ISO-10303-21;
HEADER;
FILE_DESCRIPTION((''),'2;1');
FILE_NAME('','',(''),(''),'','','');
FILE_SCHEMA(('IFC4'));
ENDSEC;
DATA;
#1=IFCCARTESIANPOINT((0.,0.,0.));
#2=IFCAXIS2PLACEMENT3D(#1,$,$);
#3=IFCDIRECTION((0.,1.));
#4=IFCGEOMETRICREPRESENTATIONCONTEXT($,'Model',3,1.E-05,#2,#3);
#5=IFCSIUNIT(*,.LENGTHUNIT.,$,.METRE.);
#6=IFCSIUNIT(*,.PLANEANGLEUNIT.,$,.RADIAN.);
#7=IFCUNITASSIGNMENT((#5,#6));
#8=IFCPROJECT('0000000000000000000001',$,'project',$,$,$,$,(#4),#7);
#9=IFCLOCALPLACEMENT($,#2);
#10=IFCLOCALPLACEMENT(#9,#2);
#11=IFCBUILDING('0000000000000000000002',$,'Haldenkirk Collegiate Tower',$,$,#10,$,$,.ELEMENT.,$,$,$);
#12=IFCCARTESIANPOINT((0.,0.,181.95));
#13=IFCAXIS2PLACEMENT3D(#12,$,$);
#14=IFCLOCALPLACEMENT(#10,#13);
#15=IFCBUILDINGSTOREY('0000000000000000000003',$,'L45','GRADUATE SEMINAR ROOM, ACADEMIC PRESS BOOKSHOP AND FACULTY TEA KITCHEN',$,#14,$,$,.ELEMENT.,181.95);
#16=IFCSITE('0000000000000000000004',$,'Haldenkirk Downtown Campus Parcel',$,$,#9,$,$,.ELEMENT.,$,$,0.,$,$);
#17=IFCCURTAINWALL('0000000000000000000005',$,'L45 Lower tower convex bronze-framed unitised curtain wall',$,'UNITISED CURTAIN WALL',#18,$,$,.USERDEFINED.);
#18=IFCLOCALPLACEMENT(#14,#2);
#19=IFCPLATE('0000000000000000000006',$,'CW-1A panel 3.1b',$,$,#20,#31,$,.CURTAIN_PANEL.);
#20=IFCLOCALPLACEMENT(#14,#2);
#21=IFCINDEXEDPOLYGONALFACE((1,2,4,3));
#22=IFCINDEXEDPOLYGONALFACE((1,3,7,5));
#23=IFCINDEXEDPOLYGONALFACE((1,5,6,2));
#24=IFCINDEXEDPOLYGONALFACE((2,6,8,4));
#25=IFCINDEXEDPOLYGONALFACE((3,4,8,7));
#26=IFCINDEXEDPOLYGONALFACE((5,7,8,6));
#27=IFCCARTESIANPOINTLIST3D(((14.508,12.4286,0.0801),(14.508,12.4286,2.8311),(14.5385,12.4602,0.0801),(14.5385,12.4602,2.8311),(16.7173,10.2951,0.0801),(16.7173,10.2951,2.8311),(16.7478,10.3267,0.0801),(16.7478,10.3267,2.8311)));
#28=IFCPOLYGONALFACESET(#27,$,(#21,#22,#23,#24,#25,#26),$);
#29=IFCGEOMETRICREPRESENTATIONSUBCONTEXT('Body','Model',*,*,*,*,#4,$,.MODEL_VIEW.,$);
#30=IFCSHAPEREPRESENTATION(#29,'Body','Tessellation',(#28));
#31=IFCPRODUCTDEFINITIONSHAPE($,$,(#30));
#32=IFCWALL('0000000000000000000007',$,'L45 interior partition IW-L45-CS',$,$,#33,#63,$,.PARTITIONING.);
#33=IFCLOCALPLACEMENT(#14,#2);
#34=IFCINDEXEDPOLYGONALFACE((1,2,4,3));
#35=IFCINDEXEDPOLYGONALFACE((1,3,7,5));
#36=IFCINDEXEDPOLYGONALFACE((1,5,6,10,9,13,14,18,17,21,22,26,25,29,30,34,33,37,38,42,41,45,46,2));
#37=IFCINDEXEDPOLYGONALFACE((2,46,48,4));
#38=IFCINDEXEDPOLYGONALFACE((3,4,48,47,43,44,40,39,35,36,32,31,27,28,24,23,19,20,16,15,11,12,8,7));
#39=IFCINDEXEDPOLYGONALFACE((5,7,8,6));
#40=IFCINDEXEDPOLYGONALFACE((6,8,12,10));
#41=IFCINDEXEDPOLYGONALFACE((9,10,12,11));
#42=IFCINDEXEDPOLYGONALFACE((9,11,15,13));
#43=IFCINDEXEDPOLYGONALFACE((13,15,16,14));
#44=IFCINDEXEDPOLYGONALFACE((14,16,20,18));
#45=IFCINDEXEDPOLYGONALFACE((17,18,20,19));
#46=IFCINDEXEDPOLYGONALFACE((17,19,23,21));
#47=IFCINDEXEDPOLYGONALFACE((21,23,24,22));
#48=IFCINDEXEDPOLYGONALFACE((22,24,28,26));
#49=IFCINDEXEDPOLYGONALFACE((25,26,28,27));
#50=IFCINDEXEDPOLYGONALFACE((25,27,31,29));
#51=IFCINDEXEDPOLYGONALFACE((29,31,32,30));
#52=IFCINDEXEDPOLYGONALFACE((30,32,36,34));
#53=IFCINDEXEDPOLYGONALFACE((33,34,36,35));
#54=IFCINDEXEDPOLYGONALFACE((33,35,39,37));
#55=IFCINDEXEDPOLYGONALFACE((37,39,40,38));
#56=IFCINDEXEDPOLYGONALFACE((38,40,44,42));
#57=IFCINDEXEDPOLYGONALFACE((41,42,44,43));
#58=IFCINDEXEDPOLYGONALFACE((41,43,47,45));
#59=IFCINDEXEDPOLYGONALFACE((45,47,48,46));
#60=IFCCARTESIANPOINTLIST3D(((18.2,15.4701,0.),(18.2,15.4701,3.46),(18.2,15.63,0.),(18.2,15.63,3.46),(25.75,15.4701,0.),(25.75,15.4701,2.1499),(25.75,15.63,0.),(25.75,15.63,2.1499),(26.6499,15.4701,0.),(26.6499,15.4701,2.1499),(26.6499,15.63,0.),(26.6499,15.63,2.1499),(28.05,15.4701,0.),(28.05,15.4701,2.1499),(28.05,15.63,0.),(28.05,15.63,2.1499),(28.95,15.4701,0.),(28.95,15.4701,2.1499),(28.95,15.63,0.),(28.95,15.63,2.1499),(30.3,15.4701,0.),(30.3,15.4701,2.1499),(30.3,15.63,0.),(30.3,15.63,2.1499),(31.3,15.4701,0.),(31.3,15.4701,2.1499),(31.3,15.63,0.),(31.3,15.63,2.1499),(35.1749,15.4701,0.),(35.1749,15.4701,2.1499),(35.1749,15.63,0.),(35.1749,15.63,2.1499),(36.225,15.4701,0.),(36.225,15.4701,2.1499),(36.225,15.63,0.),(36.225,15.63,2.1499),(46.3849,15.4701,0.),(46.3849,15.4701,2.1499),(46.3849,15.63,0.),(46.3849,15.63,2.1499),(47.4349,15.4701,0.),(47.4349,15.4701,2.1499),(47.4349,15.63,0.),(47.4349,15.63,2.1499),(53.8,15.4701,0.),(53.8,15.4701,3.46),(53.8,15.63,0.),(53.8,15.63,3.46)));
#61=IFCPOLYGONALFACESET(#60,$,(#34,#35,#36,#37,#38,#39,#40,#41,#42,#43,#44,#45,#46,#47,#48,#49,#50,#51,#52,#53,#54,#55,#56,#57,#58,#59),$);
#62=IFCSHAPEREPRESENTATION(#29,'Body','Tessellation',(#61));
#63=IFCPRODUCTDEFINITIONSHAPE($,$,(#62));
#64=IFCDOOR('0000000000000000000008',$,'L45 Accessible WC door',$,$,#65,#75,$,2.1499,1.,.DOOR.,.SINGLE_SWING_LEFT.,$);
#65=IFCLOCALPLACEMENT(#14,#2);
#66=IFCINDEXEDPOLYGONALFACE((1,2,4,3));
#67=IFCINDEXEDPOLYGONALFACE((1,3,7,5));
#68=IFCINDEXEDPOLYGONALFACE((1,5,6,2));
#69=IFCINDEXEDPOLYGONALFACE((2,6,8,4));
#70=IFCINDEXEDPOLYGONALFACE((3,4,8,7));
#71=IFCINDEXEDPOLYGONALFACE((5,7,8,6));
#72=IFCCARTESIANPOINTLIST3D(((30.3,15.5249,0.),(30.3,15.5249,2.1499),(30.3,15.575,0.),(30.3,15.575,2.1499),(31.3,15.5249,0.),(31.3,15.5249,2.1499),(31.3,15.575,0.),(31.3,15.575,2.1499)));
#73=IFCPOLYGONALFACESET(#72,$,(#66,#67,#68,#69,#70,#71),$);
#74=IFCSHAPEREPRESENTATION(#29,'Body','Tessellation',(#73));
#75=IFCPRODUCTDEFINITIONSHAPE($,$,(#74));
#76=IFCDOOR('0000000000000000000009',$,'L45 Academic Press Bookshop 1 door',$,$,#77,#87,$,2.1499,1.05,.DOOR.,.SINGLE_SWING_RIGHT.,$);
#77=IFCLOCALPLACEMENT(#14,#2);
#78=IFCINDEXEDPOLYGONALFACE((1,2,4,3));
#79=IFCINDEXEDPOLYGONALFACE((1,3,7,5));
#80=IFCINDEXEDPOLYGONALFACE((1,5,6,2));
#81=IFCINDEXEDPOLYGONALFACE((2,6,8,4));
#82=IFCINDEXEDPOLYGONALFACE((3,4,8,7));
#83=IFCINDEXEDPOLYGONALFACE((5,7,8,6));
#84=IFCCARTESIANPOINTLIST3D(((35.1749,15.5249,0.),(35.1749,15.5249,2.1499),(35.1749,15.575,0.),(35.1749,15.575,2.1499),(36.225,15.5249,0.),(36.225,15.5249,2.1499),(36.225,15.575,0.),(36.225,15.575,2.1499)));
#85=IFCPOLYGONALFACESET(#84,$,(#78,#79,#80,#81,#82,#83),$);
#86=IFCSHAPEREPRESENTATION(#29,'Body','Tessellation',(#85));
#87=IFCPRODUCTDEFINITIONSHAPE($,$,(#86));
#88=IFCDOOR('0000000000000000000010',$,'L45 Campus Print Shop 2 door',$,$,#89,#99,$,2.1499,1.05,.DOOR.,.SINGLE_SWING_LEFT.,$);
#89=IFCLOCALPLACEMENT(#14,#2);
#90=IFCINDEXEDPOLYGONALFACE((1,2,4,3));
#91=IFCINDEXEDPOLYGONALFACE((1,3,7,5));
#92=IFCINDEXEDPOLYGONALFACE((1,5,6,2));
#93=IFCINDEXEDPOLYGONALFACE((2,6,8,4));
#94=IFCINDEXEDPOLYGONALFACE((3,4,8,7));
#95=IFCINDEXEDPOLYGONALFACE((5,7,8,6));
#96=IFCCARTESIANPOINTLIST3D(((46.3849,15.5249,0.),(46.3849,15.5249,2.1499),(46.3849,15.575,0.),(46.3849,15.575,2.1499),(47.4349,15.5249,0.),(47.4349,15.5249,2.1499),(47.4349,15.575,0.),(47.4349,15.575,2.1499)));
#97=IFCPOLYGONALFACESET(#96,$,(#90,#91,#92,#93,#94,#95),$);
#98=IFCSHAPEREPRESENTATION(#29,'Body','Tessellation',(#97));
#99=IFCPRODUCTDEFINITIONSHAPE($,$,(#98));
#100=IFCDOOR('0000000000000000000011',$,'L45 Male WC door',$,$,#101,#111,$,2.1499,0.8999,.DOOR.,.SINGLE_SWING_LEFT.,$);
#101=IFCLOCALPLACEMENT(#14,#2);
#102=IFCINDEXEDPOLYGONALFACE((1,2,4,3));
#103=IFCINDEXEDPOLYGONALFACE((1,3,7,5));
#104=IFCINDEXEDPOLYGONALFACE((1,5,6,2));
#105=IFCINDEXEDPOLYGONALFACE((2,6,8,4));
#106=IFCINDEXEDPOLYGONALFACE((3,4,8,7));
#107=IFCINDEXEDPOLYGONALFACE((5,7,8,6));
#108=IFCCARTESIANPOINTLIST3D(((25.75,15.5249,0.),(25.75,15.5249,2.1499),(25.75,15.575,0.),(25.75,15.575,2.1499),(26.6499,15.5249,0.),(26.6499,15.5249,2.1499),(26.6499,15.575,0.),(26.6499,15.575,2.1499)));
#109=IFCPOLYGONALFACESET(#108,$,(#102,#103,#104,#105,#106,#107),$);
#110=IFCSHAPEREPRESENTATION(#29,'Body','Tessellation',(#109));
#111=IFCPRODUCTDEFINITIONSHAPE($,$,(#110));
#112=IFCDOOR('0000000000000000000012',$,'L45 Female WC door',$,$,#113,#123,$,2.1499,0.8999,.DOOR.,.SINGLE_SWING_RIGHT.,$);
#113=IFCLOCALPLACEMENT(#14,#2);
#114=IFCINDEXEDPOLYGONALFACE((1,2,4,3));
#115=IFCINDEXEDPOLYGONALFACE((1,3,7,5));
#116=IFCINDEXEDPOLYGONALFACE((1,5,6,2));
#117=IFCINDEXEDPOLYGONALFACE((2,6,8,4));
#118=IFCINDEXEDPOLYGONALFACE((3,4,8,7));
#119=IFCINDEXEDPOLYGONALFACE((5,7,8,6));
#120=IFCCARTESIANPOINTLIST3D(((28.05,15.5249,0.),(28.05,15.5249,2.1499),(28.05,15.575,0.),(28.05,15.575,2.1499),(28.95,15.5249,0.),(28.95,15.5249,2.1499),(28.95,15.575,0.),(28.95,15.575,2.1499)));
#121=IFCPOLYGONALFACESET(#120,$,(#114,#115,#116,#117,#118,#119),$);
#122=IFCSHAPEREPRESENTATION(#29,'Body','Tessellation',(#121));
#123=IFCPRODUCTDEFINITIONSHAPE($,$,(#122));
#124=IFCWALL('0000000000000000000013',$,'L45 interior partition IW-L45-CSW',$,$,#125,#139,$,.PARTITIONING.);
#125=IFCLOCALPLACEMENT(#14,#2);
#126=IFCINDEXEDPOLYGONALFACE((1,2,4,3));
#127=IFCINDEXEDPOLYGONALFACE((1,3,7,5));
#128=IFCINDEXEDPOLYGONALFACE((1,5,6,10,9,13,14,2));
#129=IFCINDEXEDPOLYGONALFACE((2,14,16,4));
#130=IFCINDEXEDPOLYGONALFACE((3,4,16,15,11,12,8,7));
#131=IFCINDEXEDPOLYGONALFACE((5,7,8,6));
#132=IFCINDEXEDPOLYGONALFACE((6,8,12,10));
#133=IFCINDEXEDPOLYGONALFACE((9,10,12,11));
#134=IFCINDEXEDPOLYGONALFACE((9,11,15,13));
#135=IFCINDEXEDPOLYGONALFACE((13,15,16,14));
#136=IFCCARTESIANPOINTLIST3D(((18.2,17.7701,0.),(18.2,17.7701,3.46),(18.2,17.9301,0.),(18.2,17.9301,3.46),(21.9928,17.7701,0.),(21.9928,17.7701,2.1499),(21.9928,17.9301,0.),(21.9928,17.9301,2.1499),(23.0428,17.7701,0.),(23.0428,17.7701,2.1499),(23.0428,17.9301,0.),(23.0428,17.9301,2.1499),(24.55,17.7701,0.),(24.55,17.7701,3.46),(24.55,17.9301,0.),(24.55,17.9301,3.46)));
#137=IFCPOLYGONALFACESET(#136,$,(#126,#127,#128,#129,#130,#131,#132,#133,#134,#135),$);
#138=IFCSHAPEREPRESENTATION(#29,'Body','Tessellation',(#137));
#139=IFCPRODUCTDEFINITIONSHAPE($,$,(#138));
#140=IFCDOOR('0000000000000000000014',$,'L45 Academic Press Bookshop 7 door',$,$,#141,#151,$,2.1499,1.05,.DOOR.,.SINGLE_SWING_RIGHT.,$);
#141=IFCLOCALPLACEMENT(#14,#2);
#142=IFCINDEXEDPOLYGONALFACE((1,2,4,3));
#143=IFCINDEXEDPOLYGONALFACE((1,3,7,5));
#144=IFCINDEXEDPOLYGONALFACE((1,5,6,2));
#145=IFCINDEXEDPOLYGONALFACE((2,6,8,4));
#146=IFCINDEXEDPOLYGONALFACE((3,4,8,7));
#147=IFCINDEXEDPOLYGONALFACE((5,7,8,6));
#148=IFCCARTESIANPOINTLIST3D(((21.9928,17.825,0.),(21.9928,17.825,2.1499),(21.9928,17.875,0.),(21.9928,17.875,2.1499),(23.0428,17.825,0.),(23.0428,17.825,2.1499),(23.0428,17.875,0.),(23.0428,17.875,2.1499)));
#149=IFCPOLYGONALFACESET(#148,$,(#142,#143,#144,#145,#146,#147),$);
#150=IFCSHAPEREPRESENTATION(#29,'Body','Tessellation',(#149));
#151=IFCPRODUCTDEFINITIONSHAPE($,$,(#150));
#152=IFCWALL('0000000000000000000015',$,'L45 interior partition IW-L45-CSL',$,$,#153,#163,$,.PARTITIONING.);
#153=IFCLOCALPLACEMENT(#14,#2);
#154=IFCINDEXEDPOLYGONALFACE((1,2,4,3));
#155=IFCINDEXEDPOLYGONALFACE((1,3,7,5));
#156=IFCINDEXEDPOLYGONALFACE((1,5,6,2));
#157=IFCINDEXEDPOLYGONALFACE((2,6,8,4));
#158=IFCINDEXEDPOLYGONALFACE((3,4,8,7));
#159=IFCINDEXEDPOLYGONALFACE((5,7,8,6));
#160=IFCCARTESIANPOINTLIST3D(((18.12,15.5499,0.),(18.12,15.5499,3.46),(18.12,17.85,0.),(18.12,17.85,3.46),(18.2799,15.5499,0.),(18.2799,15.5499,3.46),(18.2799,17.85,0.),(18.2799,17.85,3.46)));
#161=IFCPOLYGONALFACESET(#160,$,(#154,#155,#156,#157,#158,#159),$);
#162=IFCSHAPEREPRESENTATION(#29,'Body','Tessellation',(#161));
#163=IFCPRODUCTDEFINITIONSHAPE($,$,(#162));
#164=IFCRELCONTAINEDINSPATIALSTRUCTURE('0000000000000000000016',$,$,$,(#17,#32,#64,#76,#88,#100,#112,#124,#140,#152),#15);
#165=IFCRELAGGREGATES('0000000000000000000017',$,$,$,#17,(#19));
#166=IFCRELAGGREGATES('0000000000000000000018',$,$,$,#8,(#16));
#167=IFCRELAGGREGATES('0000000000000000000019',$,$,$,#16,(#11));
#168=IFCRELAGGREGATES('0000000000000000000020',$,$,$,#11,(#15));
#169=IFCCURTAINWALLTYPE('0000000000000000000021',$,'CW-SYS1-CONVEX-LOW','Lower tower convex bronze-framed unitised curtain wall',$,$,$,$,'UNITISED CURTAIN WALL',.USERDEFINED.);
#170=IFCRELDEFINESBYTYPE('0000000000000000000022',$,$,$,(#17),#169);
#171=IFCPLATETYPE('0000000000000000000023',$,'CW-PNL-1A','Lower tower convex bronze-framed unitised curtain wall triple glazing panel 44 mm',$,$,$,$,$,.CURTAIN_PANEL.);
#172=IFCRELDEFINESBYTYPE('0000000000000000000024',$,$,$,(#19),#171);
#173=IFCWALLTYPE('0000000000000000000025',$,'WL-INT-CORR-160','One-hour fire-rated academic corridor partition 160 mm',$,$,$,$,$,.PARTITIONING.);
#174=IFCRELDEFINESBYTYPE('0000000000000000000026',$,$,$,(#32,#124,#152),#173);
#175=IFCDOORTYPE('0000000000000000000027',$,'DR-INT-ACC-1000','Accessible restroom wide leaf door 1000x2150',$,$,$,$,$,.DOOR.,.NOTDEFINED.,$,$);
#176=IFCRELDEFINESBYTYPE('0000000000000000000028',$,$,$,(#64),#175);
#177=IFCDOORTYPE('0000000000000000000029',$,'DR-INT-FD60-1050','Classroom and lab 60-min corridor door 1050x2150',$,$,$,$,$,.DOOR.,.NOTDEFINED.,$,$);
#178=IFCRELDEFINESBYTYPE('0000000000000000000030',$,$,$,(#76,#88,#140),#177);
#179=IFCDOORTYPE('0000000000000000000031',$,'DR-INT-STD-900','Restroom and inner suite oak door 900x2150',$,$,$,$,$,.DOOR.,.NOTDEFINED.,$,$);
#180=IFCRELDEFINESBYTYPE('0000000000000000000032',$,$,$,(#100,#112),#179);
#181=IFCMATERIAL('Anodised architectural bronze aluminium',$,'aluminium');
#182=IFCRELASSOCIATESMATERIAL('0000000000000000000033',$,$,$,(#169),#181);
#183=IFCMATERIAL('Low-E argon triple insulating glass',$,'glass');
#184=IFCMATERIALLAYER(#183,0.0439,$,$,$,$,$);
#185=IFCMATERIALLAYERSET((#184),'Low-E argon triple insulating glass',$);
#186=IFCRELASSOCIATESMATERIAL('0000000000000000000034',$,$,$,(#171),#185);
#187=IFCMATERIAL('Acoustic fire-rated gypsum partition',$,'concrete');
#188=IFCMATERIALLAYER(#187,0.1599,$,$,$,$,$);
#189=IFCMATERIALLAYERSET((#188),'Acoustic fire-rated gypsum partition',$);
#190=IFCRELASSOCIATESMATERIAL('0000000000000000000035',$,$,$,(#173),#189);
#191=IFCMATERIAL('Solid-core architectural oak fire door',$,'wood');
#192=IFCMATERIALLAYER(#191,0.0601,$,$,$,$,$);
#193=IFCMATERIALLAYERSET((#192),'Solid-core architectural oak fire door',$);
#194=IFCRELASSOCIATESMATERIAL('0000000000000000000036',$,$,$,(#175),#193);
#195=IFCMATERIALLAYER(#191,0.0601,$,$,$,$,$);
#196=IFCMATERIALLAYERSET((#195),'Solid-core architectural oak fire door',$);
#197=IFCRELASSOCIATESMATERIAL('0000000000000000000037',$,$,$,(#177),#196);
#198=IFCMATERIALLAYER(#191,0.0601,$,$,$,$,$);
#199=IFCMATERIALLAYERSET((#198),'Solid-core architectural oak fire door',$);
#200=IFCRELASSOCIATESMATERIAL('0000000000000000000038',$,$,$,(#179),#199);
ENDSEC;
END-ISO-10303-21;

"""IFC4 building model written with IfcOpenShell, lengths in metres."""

from ifc_helpers import new_model, si_unit, direction, frame, frame_2d, origin, origin_2d, place, context, subcontext, project, spatial, rectangle, extrude, source, transform, mapped, material, layer, layer_set, type_object, element, fill, aggregate, save


model = new_model("IFC4")

# Units and contexts
model_context = context("Model", 3, precision=1e-05, world=origin(), true_north=direction((0.0, 1.0)))
body_context = subcontext(model_context, "Body", "Model", "MODEL_VIEW")
ifc_project = project(units=[si_unit("LENGTHUNIT", "METRE"), si_unit("PLANEANGLEUNIT", "RADIAN")], contexts=[model_context])

# Site, building, storey
site_placement = place(None, origin())
site = spatial("IfcSite", under=ifc_project, at=site_placement, Name="Haldenkirk Downtown Campus Parcel", CompositionType="ELEMENT", RefElevation=0.0)
building_placement = place(site_placement, origin())
building = spatial("IfcBuilding", under=site, at=building_placement, Name="Haldenkirk Collegiate Tower", CompositionType="ELEMENT")
storey_placement = place(building_placement, frame((0.0, 0.0, 181.95)))
storey = spatial("IfcBuildingStorey", under=building, at=storey_placement, Name="L45", Description="GRADUATE SEMINAR ROOM, ACADEMIC PRESS BOOKSHOP AND FACULTY TEA KITCHEN", CompositionType="ELEMENT", Elevation=181.95)

# Curtain wall
ifc_material_1 = material(Name="Anodised architectural bronze aluminium", Category="aluminium")
curtain_wall_type = type_object("IfcCurtainWallType", Name="CW-SYS1-CONVEX-LOW", Description="Lower tower convex bronze-framed unitised curtain wall", ElementType="UNITISED CURTAIN WALL", PredefinedType="USERDEFINED", material=ifc_material_1)
curtain_wall_placement = place(storey_placement, origin())
curtain_wall = element("IfcCurtainWall", 1, at=curtain_wall_placement, inside=storey, type_object=curtain_wall_type, Name="L45 Lower tower convex bronze-framed unitised curtain wall", ObjectType="UNITISED CURTAIN WALL", PredefinedType="USERDEFINED")

# Plate
ifc_material_2 = material(Name="Low-E argon triple insulating glass", Category="glass")
ifc_layer_1 = layer(ifc_material_2, 0.0439)
ifc_layer_set_1 = layer_set([ifc_layer_1], Name="Low-E argon triple insulating glass")
plate_type_1 = type_object("IfcPlateType", Name="CW-PNL-1A", Description="Lower tower convex bronze-framed unitised curtain wall triple glazing panel 44 mm", PredefinedType="CURTAIN_PANEL", material=ifc_layer_set_1)
shared_shape_1 = source(origin(), body_context, "Body", "SweptSolid", [
    extrude(rectangle(XDim=3.0713, YDim=0.0439, at=origin_2d()), origin(), (0.0, 0.0, 1.0), 2.751),
])
plate_1_placement = place(storey_placement, frame((15.6279, 11.3777, 0.0801), z_axis=(0.0, 0.0, 1.0), x_axis=(-0.719341, 0.694658, 0.0)))
plate_1 = element("IfcPlate", 2, at=plate_1_placement, type_object=plate_type_1, Name="CW-1A panel 3.1b", PredefinedType="CURTAIN_PANEL", context=body_context, shape_type="MappedRepresentation", body=[
    mapped(shared_shape_1, transform((0.0, 0.0, 0.0), x_axis=(1.0, 0.0, 0.0), y_axis=(0.0, 1.0, 0.0), z_axis=(0.0, 0.0, 1.0), scale=1.0)),
])
aggregate(curtain_wall, [plate_1])

# Wall, openings, doors
ifc_material_3 = material(Name="Acoustic fire-rated gypsum partition", Category="concrete")
ifc_layer_2 = layer(ifc_material_3, 0.1599)
ifc_layer_set_2 = layer_set([ifc_layer_2], Name="Acoustic fire-rated gypsum partition")
wall_type_1 = type_object("IfcWallType", Name="WL-INT-CORR-160", Description="One-hour fire-rated academic corridor partition 160 mm", PredefinedType="PARTITIONING", material=ifc_layer_set_2)
wall_1_placement = place(storey_placement, frame((18.2, 15.55, 0.0), z_axis=(0.0, 0.0, 1.0), x_axis=(1.0, 0.0, 0.0)))
wall_1 = element("IfcWall", 3, at=wall_1_placement, inside=storey, type_object=wall_type_1, Name="L45 interior partition IW-L45-CS", PredefinedType="PARTITIONING", context=body_context, shape_type="SweptSolid", body=[
    extrude(rectangle(XDim=35.6001, YDim=0.1599, at=frame_2d((17.8, 0.0))), origin(), (0.0, 0.0, 1.0), 3.46),
])
opening_1_placement = place(wall_1_placement, frame((7.55, 0.0, 0.0)))
opening_1 = element("IfcOpeningElement", 4, at=opening_1_placement, cuts=wall_1, PredefinedType="OPENING", context=body_context, shape_type="SweptSolid", body=[
    extrude(rectangle(XDim=0.8999, YDim=2.1499, at=frame_2d((0.45, 1.075))), frame((0.0, 0.0898, 0.0), z_axis=(0.0, -1.0, 0.0), x_axis=(1.0, 0.0, 0.0)), (0.0, 0.0, 1.0), 0.1799),
])
opening_2_placement = place(wall_1_placement, frame((9.8501, 0.0, 0.0)))
opening_2 = element("IfcOpeningElement", 5, at=opening_2_placement, cuts=wall_1, PredefinedType="OPENING", context=body_context, shape_type="SweptSolid", body=[
    extrude(rectangle(XDim=0.8999, YDim=2.1499, at=frame_2d((0.45, 1.075))), frame((0.0, 0.0898, 0.0), z_axis=(0.0, -1.0, 0.0), x_axis=(1.0, 0.0, 0.0)), (0.0, 0.0, 1.0), 0.1799),
])
opening_3_placement = place(wall_1_placement, frame((12.1001, 0.0, 0.0)))
opening_3 = element("IfcOpeningElement", 6, at=opening_3_placement, cuts=wall_1, PredefinedType="OPENING", context=body_context, shape_type="SweptSolid", body=[
    extrude(rectangle(XDim=1.0, YDim=2.1499, at=frame_2d((0.5, 1.075))), frame((0.0, 0.0898, 0.0), z_axis=(0.0, -1.0, 0.0), x_axis=(1.0, 0.0, 0.0)), (0.0, 0.0, 1.0), 0.1799),
])
opening_4_placement = place(wall_1_placement, frame((16.9751, 0.0, 0.0)))
opening_4 = element("IfcOpeningElement", 7, at=opening_4_placement, cuts=wall_1, PredefinedType="OPENING", context=body_context, shape_type="SweptSolid", body=[
    extrude(rectangle(XDim=1.05, YDim=2.1499, at=frame_2d((0.5249, 1.075))), frame((0.0, 0.0898, 0.0), z_axis=(0.0, -1.0, 0.0), x_axis=(1.0, 0.0, 0.0)), (0.0, 0.0, 1.0), 0.1799),
])
opening_5_placement = place(wall_1_placement, frame((28.1851, 0.0, 0.0)))
opening_5 = element("IfcOpeningElement", 8, at=opening_5_placement, cuts=wall_1, PredefinedType="OPENING", context=body_context, shape_type="SweptSolid", body=[
    extrude(rectangle(XDim=1.05, YDim=2.1499, at=frame_2d((0.5249, 1.075))), frame((0.0, 0.0898, 0.0), z_axis=(0.0, -1.0, 0.0), x_axis=(1.0, 0.0, 0.0)), (0.0, 0.0, 1.0), 0.1799),
])
ifc_material_4 = material(Name="Solid-core architectural oak fire door", Category="wood")
ifc_layer_3 = layer(ifc_material_4, 0.0601)
ifc_layer_set_3 = layer_set([ifc_layer_3], Name="Solid-core architectural oak fire door")
door_type_1 = type_object("IfcDoorType", Name="DR-INT-ACC-1000", Description="Accessible restroom wide leaf door 1000x2150", OperationType="NOTDEFINED", PredefinedType="DOOR", material=ifc_layer_set_3)
door_1_placement = place(opening_3_placement, origin())
door_1 = element("IfcDoor", 9, at=door_1_placement, inside=storey, type_object=door_type_1, Name="L45 Accessible WC door", OperationType="SINGLE_SWING_LEFT", OverallHeight=2.1499, OverallWidth=1.0, PredefinedType="DOOR", context=body_context, shape_type="SweptSolid", body=[
    extrude(rectangle(XDim=1.0, YDim=2.1499, at=frame_2d((0.5, 1.075))), frame((0.0, 0.0249, 0.0), z_axis=(0.0, -1.0, 0.0), x_axis=(1.0, 0.0, 0.0)), (0.0, 0.0, 1.0), 0.05),
])
fill(opening_3, door_1)
ifc_layer_4 = layer(ifc_material_4, 0.0601)
ifc_layer_set_4 = layer_set([ifc_layer_4], Name="Solid-core architectural oak fire door")
door_type_2 = type_object("IfcDoorType", Name="DR-INT-FD60-1050", Description="Classroom and lab 60-min corridor door 1050x2150", OperationType="NOTDEFINED", PredefinedType="DOOR", material=ifc_layer_set_4)
door_2_placement = place(opening_4_placement, origin())
door_2 = element("IfcDoor", 10, at=door_2_placement, inside=storey, type_object=door_type_2, Name="L45 Academic Press Bookshop 1 door", OperationType="SINGLE_SWING_RIGHT", OverallHeight=2.1499, OverallWidth=1.05, PredefinedType="DOOR", context=body_context, shape_type="SweptSolid", body=[
    extrude(rectangle(XDim=1.05, YDim=2.1499, at=frame_2d((0.5249, 1.075))), frame((0.0, 0.0249, 0.0), z_axis=(0.0, -1.0, 0.0), x_axis=(1.0, 0.0, 0.0)), (0.0, 0.0, 1.0), 0.05),
])
fill(opening_4, door_2)
door_3_placement = place(opening_5_placement, origin())
door_3 = element("IfcDoor", 11, at=door_3_placement, inside=storey, type_object=door_type_2, Name="L45 Campus Print Shop 2 door", OperationType="SINGLE_SWING_LEFT", OverallHeight=2.1499, OverallWidth=1.05, PredefinedType="DOOR", context=body_context, shape_type="SweptSolid", body=[
    extrude(rectangle(XDim=1.05, YDim=2.1499, at=frame_2d((0.5249, 1.075))), frame((0.0, 0.0249, 0.0), z_axis=(0.0, -1.0, 0.0), x_axis=(1.0, 0.0, 0.0)), (0.0, 0.0, 1.0), 0.05),
])
fill(opening_5, door_3)
ifc_layer_5 = layer(ifc_material_4, 0.0601)
ifc_layer_set_5 = layer_set([ifc_layer_5], Name="Solid-core architectural oak fire door")
door_type_3 = type_object("IfcDoorType", Name="DR-INT-STD-900", Description="Restroom and inner suite oak door 900x2150", OperationType="NOTDEFINED", PredefinedType="DOOR", material=ifc_layer_set_5)
door_4_placement = place(opening_1_placement, origin())
door_4 = element("IfcDoor", 12, at=door_4_placement, inside=storey, type_object=door_type_3, Name="L45 Male WC door", OperationType="SINGLE_SWING_LEFT", OverallHeight=2.1499, OverallWidth=0.8999, PredefinedType="DOOR", context=body_context, shape_type="SweptSolid", body=[
    extrude(rectangle(XDim=0.8999, YDim=2.1499, at=frame_2d((0.45, 1.075))), frame((0.0, 0.0249, 0.0), z_axis=(0.0, -1.0, 0.0), x_axis=(1.0, 0.0, 0.0)), (0.0, 0.0, 1.0), 0.05),
])
fill(opening_1, door_4)
door_5_placement = place(opening_2_placement, origin())
door_5 = element("IfcDoor", 13, at=door_5_placement, inside=storey, type_object=door_type_3, Name="L45 Female WC door", OperationType="SINGLE_SWING_RIGHT", OverallHeight=2.1499, OverallWidth=0.8999, PredefinedType="DOOR", context=body_context, shape_type="SweptSolid", body=[
    extrude(rectangle(XDim=0.8999, YDim=2.1499, at=frame_2d((0.45, 1.075))), frame((0.0, 0.0249, 0.0), z_axis=(0.0, -1.0, 0.0), x_axis=(1.0, 0.0, 0.0)), (0.0, 0.0, 1.0), 0.05),
])
fill(opening_2, door_5)

# Wall, opening, door
wall_2_placement = place(storey_placement, frame((18.2, 17.8501, 0.0), z_axis=(0.0, 0.0, 1.0), x_axis=(1.0, 0.0, 0.0)))
wall_2 = element("IfcWall", 14, at=wall_2_placement, inside=storey, type_object=wall_type_1, Name="L45 interior partition IW-L45-CSW", PredefinedType="PARTITIONING", context=body_context, shape_type="SweptSolid", body=[
    extrude(rectangle(XDim=6.3501, YDim=0.1599, at=frame_2d((3.175, 0.0))), origin(), (0.0, 0.0, 1.0), 3.46),
])
opening_6_placement = place(wall_2_placement, frame((3.793, 0.0, 0.0)))
opening_6 = element("IfcOpeningElement", 15, at=opening_6_placement, cuts=wall_2, PredefinedType="OPENING", context=body_context, shape_type="SweptSolid", body=[
    extrude(rectangle(XDim=1.05, YDim=2.1499, at=frame_2d((0.5249, 1.075))), frame((0.0, 0.0898, 0.0), z_axis=(0.0, -1.0, 0.0), x_axis=(1.0, 0.0, 0.0)), (0.0, 0.0, 1.0), 0.1799),
])
door_6_placement = place(opening_6_placement, origin())
door_6 = element("IfcDoor", 16, at=door_6_placement, inside=storey, type_object=door_type_2, Name="L45 Academic Press Bookshop 7 door", OperationType="SINGLE_SWING_RIGHT", OverallHeight=2.1499, OverallWidth=1.05, PredefinedType="DOOR", context=body_context, shape_type="SweptSolid", body=[
    extrude(rectangle(XDim=1.05, YDim=2.1499, at=frame_2d((0.5249, 1.075))), frame((0.0, 0.0249, 0.0), z_axis=(0.0, -1.0, 0.0), x_axis=(1.0, 0.0, 0.0)), (0.0, 0.0, 1.0), 0.05),
])
fill(opening_6, door_6)

# Wall
wall_3_placement = place(storey_placement, frame((18.2, 15.55, 0.0), z_axis=(0.0, 0.0, 1.0), x_axis=(0.0, 1.0, 0.0)))
element("IfcWall", 17, at=wall_3_placement, inside=storey, type_object=wall_type_1, Name="L45 interior partition IW-L45-CSL", PredefinedType="PARTITIONING", context=body_context, shape_type="SweptSolid", body=[
    extrude(rectangle(XDim=2.3, YDim=0.1599, at=frame_2d((1.1499, 0.0))), origin(), (0.0, 0.0, 1.0), 3.46),
])

save(model, "model.ifc")
